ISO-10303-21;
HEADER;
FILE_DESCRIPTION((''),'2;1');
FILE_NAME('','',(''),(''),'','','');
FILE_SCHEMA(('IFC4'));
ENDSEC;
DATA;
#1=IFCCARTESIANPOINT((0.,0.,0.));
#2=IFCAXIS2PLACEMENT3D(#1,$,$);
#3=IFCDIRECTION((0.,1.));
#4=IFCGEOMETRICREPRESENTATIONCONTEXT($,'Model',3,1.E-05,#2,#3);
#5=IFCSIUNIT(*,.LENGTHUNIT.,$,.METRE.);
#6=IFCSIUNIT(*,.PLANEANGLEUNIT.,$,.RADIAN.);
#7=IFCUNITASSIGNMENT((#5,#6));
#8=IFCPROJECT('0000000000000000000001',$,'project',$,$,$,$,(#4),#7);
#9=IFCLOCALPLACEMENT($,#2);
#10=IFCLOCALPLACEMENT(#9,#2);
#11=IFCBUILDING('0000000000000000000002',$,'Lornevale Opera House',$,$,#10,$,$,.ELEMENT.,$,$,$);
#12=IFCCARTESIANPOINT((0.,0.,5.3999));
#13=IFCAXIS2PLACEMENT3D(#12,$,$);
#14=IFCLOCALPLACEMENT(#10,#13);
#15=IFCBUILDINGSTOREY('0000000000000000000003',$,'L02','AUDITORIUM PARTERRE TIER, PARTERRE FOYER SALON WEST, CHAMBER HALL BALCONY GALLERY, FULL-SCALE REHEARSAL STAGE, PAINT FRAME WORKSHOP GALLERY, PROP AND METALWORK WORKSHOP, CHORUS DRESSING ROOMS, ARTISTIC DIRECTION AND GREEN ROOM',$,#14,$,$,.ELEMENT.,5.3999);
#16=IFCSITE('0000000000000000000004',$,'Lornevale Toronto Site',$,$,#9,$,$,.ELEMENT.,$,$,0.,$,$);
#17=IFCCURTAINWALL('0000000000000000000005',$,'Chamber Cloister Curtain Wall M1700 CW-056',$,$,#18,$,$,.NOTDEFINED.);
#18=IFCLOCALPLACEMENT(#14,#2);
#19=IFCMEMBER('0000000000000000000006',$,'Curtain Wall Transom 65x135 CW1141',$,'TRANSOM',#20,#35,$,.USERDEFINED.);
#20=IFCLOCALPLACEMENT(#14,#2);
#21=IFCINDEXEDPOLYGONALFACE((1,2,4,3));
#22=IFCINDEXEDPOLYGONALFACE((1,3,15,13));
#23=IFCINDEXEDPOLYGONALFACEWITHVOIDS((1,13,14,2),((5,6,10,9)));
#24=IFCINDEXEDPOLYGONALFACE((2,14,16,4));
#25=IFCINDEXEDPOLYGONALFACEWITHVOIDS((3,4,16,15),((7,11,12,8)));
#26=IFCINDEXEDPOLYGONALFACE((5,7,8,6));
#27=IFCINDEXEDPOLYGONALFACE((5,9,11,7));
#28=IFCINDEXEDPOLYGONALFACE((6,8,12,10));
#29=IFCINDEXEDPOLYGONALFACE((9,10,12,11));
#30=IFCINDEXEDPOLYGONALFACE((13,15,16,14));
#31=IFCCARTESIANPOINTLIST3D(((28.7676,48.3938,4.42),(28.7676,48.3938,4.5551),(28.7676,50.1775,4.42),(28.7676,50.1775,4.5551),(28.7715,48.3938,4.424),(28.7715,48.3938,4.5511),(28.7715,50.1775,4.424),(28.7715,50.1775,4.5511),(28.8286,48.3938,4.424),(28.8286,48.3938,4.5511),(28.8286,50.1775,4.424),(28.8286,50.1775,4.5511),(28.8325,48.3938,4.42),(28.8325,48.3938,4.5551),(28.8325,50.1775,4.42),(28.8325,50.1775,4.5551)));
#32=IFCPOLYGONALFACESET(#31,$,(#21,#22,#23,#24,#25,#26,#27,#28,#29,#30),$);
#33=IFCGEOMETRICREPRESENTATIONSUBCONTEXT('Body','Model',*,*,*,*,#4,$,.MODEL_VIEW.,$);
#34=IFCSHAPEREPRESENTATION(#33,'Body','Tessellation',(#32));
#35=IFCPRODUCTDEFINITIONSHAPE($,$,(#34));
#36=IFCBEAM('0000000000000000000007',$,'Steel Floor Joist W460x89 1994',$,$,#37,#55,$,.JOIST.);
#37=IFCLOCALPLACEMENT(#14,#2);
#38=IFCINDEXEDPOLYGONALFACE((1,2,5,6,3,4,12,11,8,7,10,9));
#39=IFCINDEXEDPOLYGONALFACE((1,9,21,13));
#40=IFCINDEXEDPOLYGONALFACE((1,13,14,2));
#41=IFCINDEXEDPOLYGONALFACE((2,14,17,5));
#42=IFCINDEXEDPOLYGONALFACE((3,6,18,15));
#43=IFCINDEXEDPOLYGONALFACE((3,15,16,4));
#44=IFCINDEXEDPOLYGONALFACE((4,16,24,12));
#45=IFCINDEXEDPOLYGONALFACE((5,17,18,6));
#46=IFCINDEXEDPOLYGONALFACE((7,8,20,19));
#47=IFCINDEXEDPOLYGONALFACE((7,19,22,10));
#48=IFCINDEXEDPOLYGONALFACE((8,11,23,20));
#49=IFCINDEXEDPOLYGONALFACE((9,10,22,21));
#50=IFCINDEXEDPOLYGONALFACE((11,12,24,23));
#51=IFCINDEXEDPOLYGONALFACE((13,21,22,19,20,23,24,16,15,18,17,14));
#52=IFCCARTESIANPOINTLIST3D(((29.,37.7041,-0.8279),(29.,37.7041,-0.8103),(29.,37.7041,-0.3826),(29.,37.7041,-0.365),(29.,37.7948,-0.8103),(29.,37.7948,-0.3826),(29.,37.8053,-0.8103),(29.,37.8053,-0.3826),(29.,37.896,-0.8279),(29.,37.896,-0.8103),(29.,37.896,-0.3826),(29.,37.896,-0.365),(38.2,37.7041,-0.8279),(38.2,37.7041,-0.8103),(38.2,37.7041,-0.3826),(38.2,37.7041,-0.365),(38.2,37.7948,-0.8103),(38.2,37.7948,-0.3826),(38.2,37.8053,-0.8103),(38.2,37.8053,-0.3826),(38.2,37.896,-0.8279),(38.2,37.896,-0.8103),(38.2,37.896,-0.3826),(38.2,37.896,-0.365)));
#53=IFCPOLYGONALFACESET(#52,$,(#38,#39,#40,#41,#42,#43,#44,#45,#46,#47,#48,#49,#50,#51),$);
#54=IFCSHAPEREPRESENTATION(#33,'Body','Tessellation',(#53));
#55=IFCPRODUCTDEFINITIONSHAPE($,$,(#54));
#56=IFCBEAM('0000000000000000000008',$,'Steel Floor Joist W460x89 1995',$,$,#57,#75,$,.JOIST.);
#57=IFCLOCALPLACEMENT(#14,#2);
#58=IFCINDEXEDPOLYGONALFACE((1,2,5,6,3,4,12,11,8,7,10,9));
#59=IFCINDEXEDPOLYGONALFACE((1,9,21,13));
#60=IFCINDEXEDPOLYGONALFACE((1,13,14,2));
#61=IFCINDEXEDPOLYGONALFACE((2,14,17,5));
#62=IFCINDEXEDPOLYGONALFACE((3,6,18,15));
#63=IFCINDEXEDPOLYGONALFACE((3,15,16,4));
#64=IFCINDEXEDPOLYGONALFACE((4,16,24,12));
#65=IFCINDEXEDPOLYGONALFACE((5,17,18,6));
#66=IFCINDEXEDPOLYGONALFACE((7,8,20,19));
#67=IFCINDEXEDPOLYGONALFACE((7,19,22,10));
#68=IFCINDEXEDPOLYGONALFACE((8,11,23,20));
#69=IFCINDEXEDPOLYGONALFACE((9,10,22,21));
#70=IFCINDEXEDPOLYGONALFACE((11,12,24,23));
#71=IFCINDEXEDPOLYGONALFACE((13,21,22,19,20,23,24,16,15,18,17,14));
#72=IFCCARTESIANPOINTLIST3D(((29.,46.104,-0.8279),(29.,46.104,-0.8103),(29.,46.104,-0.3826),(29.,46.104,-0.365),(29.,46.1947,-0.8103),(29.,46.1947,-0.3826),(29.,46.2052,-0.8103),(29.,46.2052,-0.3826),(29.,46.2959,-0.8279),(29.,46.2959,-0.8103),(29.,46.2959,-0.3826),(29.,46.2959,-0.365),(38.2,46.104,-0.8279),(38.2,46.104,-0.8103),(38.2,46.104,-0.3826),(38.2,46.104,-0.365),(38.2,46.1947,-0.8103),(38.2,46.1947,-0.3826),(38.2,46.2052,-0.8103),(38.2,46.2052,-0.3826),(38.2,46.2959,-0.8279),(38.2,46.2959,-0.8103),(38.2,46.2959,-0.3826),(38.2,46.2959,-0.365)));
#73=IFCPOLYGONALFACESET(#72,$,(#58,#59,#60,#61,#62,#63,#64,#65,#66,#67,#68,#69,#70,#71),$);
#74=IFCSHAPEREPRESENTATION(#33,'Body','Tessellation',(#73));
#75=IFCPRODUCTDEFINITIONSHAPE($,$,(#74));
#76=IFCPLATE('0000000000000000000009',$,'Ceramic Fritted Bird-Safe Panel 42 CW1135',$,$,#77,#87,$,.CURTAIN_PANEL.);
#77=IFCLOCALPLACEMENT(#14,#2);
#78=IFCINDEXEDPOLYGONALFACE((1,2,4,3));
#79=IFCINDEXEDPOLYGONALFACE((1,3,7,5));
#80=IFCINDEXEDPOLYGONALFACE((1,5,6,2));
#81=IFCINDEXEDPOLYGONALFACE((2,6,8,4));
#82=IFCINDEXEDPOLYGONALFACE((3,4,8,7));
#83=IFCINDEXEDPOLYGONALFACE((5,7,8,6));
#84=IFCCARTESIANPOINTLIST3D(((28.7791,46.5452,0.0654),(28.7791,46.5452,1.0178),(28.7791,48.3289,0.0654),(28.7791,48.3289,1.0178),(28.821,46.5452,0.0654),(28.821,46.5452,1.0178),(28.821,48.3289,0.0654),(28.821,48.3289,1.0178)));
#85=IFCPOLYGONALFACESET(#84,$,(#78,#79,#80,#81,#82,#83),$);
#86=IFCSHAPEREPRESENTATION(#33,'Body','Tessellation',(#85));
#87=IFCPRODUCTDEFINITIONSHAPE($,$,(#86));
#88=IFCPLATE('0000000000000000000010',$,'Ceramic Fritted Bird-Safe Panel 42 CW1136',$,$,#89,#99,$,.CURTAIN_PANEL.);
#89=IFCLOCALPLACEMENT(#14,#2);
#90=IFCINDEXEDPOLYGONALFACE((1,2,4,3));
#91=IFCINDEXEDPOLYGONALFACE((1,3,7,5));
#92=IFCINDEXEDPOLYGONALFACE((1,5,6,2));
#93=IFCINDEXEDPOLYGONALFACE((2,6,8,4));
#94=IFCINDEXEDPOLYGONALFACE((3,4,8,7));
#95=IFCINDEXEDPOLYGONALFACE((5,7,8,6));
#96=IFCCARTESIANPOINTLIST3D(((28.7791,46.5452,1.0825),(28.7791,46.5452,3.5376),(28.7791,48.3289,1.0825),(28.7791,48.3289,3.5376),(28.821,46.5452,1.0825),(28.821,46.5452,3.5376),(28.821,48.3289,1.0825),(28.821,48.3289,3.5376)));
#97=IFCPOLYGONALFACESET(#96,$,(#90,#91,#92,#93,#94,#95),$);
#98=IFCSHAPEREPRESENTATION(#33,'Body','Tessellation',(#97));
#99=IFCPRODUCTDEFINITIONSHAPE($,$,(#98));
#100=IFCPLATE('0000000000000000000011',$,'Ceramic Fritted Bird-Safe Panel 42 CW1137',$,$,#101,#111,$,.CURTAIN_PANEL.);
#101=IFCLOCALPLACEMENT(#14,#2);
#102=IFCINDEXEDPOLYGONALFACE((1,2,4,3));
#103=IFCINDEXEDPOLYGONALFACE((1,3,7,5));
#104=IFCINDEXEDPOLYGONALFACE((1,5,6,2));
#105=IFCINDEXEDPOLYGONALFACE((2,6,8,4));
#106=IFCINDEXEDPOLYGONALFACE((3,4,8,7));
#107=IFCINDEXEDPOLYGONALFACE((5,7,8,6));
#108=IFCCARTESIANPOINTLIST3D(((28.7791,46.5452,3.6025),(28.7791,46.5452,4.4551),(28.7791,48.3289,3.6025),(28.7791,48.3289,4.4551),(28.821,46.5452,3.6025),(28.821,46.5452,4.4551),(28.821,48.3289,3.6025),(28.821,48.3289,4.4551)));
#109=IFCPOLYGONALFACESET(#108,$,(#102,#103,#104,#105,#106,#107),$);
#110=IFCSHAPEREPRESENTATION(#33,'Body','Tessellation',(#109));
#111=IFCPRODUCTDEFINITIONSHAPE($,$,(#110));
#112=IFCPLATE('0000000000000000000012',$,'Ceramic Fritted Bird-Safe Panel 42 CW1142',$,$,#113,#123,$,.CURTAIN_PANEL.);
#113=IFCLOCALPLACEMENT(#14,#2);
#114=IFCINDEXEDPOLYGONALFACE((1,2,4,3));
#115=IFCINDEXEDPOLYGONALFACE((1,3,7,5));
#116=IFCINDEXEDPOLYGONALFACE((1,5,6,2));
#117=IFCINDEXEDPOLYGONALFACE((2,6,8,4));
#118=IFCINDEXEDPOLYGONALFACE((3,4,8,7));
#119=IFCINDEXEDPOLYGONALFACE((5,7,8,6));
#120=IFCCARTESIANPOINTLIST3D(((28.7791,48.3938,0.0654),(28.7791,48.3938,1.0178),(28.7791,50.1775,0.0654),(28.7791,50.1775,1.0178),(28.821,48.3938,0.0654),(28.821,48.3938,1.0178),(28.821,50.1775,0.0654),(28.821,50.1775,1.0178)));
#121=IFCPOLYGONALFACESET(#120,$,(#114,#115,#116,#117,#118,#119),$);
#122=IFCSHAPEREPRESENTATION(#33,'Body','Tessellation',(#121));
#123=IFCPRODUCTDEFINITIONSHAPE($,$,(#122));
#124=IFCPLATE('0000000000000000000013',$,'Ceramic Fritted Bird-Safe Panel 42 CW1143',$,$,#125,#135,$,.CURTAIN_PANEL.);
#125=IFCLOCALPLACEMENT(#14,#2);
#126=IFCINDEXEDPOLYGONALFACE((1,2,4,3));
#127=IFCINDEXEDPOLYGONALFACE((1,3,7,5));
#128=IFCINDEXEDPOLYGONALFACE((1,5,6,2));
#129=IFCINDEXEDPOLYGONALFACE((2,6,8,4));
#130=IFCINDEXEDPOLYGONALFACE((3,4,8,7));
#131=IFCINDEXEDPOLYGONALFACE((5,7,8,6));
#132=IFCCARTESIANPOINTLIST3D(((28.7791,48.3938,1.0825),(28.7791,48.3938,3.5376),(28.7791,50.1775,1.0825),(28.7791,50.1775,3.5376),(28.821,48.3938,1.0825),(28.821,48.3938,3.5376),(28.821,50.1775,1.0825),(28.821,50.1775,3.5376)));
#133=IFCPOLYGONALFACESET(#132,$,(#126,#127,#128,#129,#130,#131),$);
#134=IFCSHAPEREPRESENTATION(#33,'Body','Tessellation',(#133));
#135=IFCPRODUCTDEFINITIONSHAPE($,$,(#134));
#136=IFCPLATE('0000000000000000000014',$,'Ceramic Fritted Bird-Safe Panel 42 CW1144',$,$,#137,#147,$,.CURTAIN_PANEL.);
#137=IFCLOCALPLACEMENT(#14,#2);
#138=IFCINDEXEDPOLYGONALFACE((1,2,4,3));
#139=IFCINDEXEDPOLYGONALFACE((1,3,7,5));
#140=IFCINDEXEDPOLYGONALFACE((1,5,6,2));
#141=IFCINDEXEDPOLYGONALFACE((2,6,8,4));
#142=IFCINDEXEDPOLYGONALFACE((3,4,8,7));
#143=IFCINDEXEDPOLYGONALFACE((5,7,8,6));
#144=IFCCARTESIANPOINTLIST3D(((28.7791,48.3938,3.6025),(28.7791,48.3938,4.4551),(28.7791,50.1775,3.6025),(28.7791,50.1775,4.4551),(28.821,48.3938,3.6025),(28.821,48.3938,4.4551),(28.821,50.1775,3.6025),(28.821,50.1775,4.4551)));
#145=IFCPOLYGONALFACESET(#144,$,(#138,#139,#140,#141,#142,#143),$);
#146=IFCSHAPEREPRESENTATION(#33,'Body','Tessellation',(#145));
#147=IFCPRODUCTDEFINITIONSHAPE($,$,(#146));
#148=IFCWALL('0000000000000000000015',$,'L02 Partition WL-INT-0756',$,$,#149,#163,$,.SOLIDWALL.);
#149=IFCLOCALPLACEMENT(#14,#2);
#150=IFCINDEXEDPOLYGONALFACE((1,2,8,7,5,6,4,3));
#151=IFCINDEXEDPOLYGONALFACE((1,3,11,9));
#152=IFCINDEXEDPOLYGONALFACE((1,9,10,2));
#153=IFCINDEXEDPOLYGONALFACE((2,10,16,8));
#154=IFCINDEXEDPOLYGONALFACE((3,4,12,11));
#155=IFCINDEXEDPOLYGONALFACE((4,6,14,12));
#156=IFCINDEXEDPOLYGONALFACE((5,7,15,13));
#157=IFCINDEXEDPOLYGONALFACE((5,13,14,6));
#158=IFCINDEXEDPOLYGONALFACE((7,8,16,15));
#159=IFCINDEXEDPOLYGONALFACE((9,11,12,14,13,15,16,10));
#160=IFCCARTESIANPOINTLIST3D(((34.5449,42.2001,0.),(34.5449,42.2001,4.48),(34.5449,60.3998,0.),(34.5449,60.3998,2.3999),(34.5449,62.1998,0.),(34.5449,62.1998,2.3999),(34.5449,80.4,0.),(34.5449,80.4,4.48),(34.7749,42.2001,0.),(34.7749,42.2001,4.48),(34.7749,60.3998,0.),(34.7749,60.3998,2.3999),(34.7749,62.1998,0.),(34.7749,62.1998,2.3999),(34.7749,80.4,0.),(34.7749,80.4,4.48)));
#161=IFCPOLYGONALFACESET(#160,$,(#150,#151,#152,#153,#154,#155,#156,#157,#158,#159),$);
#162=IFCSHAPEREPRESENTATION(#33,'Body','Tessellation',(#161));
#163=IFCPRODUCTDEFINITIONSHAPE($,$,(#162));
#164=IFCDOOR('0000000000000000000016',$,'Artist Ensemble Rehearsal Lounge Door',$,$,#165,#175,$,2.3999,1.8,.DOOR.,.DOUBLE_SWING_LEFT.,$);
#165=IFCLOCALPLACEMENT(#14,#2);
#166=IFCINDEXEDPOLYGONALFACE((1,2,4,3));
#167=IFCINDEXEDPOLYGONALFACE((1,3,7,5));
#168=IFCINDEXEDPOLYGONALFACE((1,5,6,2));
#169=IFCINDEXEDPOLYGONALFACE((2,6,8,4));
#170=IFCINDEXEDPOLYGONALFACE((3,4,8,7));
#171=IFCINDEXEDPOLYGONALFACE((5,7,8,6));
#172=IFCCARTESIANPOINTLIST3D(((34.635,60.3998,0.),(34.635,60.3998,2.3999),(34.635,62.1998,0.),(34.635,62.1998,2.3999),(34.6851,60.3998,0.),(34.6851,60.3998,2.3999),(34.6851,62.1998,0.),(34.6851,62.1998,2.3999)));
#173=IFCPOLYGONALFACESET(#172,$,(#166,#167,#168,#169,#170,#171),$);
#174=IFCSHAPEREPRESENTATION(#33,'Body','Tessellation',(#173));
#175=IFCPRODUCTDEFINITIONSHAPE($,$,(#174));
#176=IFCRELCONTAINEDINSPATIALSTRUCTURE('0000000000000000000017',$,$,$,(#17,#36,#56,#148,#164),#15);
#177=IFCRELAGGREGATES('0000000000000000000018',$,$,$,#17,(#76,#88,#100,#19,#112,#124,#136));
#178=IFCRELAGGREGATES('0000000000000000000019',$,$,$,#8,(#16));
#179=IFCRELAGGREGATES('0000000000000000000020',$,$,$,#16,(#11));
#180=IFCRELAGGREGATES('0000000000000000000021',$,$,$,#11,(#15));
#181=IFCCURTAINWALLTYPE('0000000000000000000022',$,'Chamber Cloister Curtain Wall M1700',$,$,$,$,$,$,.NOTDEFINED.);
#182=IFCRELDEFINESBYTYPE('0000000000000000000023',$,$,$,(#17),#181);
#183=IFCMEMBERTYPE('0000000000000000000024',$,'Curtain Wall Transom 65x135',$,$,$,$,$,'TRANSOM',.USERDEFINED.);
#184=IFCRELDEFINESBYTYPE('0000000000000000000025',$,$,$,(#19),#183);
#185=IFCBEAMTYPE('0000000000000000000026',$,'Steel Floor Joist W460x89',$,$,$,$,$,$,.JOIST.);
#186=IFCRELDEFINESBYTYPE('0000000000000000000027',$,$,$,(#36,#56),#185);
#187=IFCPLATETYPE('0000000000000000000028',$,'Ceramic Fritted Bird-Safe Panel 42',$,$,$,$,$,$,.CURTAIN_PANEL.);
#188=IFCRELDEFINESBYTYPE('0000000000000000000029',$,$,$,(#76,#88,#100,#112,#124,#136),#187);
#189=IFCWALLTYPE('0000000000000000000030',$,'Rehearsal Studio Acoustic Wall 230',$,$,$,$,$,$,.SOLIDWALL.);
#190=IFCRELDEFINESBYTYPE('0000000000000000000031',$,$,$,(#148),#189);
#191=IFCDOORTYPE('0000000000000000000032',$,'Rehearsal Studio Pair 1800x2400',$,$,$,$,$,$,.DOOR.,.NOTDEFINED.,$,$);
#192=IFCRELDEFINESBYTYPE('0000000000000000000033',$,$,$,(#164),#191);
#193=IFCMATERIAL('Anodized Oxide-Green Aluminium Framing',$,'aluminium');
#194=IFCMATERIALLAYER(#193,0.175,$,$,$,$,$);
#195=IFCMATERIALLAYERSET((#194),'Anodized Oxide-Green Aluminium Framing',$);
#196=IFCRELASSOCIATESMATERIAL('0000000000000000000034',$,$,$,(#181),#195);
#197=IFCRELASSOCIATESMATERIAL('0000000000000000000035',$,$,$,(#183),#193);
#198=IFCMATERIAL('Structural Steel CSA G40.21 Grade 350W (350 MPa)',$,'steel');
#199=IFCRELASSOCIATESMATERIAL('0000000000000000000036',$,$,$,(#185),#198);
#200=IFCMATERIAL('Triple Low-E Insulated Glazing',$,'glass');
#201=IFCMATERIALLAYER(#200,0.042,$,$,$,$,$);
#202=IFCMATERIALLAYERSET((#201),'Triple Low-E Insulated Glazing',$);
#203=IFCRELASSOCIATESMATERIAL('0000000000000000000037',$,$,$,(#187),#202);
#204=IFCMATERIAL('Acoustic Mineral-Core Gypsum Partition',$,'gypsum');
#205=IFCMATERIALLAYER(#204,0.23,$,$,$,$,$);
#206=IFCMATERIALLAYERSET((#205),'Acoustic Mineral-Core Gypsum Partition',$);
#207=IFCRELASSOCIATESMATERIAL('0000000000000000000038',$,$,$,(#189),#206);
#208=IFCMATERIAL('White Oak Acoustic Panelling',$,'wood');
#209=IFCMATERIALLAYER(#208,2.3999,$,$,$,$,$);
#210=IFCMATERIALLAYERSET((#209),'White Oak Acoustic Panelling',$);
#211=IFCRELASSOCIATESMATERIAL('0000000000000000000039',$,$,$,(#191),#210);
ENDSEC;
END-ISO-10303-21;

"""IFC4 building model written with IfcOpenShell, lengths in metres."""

from ifc_helpers import new_model, si_unit, direction, frame, frame_2d, origin, origin_2d, place, context, subcontext, project, spatial, rectangle, hollow_rectangle, i_section, extrude, material, layer, layer_set, material_profile, profile_set, type_object, element, fill, aggregate, save


model = new_model("IFC4")

# Units and contexts
model_context = context("Model", 3, precision=1e-05, world=origin(), true_north=direction((0.0, 1.0)))
body_context = subcontext(model_context, "Body", "Model", "MODEL_VIEW")
ifc_project = project(units=[si_unit("LENGTHUNIT", "METRE"), si_unit("PLANEANGLEUNIT", "RADIAN")], contexts=[model_context])

# Site, building, storey
site_placement = place(None, origin())
site = spatial("IfcSite", under=ifc_project, at=site_placement, Name="Lornevale Toronto Site", CompositionType="ELEMENT", RefElevation=0.0)
building_placement = place(site_placement, origin())
building = spatial("IfcBuilding", under=site, at=building_placement, Name="Lornevale Opera House", CompositionType="ELEMENT")
storey_placement = place(building_placement, frame((0.0, 0.0, 5.3999)))
storey = spatial("IfcBuildingStorey", under=building, at=storey_placement, Name="L02", Description="AUDITORIUM PARTERRE TIER, PARTERRE FOYER SALON WEST, CHAMBER HALL BALCONY GALLERY, FULL-SCALE REHEARSAL STAGE, PAINT FRAME WORKSHOP GALLERY, PROP AND METALWORK WORKSHOP, CHORUS DRESSING ROOMS, ARTISTIC DIRECTION AND GREEN ROOM", CompositionType="ELEMENT", Elevation=5.3999)

# Shared definitions
ifc_material_1 = material(Name="Structural Steel CSA G40.21 Grade 350W (350 MPa)", Category="steel")

# Curtain wall
ifc_material_2 = material(Name="Anodized Oxide-Green Aluminium Framing", Category="aluminium")
ifc_layer_1 = layer(ifc_material_2, 0.175)
ifc_layer_set_1 = layer_set([ifc_layer_1], Name="Anodized Oxide-Green Aluminium Framing")
curtain_wall_type = type_object("IfcCurtainWallType", Name="Chamber Cloister Curtain Wall M1700", PredefinedType="NOTDEFINED", material=ifc_layer_set_1)
curtain_wall_1_placement = place(storey_placement, origin())
curtain_wall_1 = element("IfcCurtainWall", 1, at=curtain_wall_1_placement, inside=storey, type_object=curtain_wall_type, Name="Chamber Cloister Curtain Wall M1700 CW-056", PredefinedType="NOTDEFINED")

# Member
ifc_material_profile_1 = material_profile(ifc_material_2, hollow_rectangle(XDim=0.0649, YDim=0.135, WallThickness=0.0039, at=origin_2d()), Name="ALU65x135x4")
ifc_profile_set_1 = profile_set([ifc_material_profile_1], Name="Anodized Oxide-Green Aluminium Framing")
member_type_1 = type_object("IfcMemberType", Name="Curtain Wall Transom 65x135", ElementType="TRANSOM", PredefinedType="USERDEFINED", material=ifc_profile_set_1)
member_1_placement = place(storey_placement, frame((28.8, 48.3938, 4.4875), z_axis=(0.0, 1.0, 0.0), x_axis=(-1.0, 0.0, 0.0)))
member_1 = element("IfcMember", 2, at=member_1_placement, type_object=member_type_1, Name="Curtain Wall Transom 65x135 CW1141", ObjectType="TRANSOM", PredefinedType="USERDEFINED", context=body_context, shape_type="SweptSolid", body=[
    extrude(hollow_rectangle(XDim=0.0649, YDim=0.135, WallThickness=0.0039, at=origin_2d()), origin(), (0.0, 0.0, 1.0), 1.7837),
])

# Beams
ifc_material_profile_2 = material_profile(ifc_material_1, i_section(OverallWidth=0.1919, OverallDepth=0.4629, WebThickness=0.0105, FlangeThickness=0.0176, at=origin_2d()), Name="W460x89")
ifc_profile_set_2 = profile_set([ifc_material_profile_2], Name="Structural Steel CSA G40.21 Grade 350W (350 MPa)")
beam_type_1 = type_object("IfcBeamType", Name="Steel Floor Joist W460x89", PredefinedType="JOIST", material=ifc_profile_set_2)
for number, where, z_axis, x_axis, name in (
    (3, (29.0, 37.8, -0.5964), (1.0, 0.0, 0.0), (0.0, 1.0, 0.0), "Steel Floor Joist W460x89 1994"),
    (4, (29.0, 46.2, -0.5964), (1.0, 0.0, 0.0), (0.0, 1.0, 0.0), "Steel Floor Joist W460x89 1995"),
):
    element("IfcBeam", number, at=place(storey_placement, frame(where, z_axis=z_axis, x_axis=x_axis)), inside=storey, type_object=beam_type_1, Name=name, PredefinedType="JOIST", context=body_context, shape_type="SweptSolid", body=[
        extrude(i_section(OverallWidth=0.1919, OverallDepth=0.4629, WebThickness=0.0105, FlangeThickness=0.0176, at=origin_2d()), origin(), (0.0, 0.0, 1.0), 9.2),
    ])

# Plates
ifc_material_3 = material(Name="Triple Low-E Insulated Glazing", Category="glass")
ifc_layer_2 = layer(ifc_material_3, 0.042)
ifc_layer_set_2 = layer_set([ifc_layer_2], Name="Triple Low-E Insulated Glazing")
plate_type = type_object("IfcPlateType", Name="Ceramic Fritted Bird-Safe Panel 42", PredefinedType="CURTAIN_PANEL", material=ifc_layer_set_2)
plate_1_placement = place(storey_placement, frame((28.8, 47.437, 0.0654), z_axis=(0.0, 0.0, 1.0), x_axis=(0.0, 1.0, 0.0)))
plate_1 = element("IfcPlate", 5, at=plate_1_placement, type_object=plate_type, Name="Ceramic Fritted Bird-Safe Panel 42 CW1135", PredefinedType="CURTAIN_PANEL", context=body_context, shape_type="SweptSolid", body=[
    extrude(rectangle(XDim=1.7837, YDim=0.042, at=origin_2d()), origin(), (0.0, 0.0, 1.0), 0.9524),
])
plate_2_placement = place(storey_placement, frame((28.8, 47.437, 1.0825), z_axis=(0.0, 0.0, 1.0), x_axis=(0.0, 1.0, 0.0)))
plate_2 = element("IfcPlate", 6, at=plate_2_placement, type_object=plate_type, Name="Ceramic Fritted Bird-Safe Panel 42 CW1136", PredefinedType="CURTAIN_PANEL", context=body_context, shape_type="SweptSolid", body=[
    extrude(rectangle(XDim=1.7837, YDim=0.042, at=origin_2d()), origin(), (0.0, 0.0, 1.0), 2.4551),
])
plate_3_placement = place(storey_placement, frame((28.8, 47.437, 3.6025), z_axis=(0.0, 0.0, 1.0), x_axis=(0.0, 1.0, 0.0)))
plate_3 = element("IfcPlate", 7, at=plate_3_placement, type_object=plate_type, Name="Ceramic Fritted Bird-Safe Panel 42 CW1137", PredefinedType="CURTAIN_PANEL", context=body_context, shape_type="SweptSolid", body=[
    extrude(rectangle(XDim=1.7837, YDim=0.042, at=origin_2d()), origin(), (0.0, 0.0, 1.0), 0.8525),
])
plate_4_placement = place(storey_placement, frame((28.8, 49.2856, 0.0654), z_axis=(0.0, 0.0, 1.0), x_axis=(0.0, 1.0, 0.0)))
plate_4 = element("IfcPlate", 8, at=plate_4_placement, type_object=plate_type, Name="Ceramic Fritted Bird-Safe Panel 42 CW1142", PredefinedType="CURTAIN_PANEL", context=body_context, shape_type="SweptSolid", body=[
    extrude(rectangle(XDim=1.7837, YDim=0.042, at=origin_2d()), origin(), (0.0, 0.0, 1.0), 0.9524),
])
plate_5_placement = place(storey_placement, frame((28.8, 49.2856, 1.0825), z_axis=(0.0, 0.0, 1.0), x_axis=(0.0, 1.0, 0.0)))
plate_5 = element("IfcPlate", 9, at=plate_5_placement, type_object=plate_type, Name="Ceramic Fritted Bird-Safe Panel 42 CW1143", PredefinedType="CURTAIN_PANEL", context=body_context, shape_type="SweptSolid", body=[
    extrude(rectangle(XDim=1.7837, YDim=0.042, at=origin_2d()), origin(), (0.0, 0.0, 1.0), 2.4551),
])
plate_6_placement = place(storey_placement, frame((28.8, 49.2856, 3.6025), z_axis=(0.0, 0.0, 1.0), x_axis=(0.0, 1.0, 0.0)))
plate_6 = element("IfcPlate", 10, at=plate_6_placement, type_object=plate_type, Name="Ceramic Fritted Bird-Safe Panel 42 CW1144", PredefinedType="CURTAIN_PANEL", context=body_context, shape_type="SweptSolid", body=[
    extrude(rectangle(XDim=1.7837, YDim=0.042, at=origin_2d()), origin(), (0.0, 0.0, 1.0), 0.8525),
])
aggregate(curtain_wall_1, [plate_1, plate_2, plate_3, member_1, plate_4, plate_5, plate_6])

# Wall, opening, door
ifc_material_4 = material(Name="Acoustic Mineral-Core Gypsum Partition", Category="gypsum")
ifc_layer_3 = layer(ifc_material_4, 0.23)
ifc_layer_set_3 = layer_set([ifc_layer_3], Name="Acoustic Mineral-Core Gypsum Partition")
wall_type = type_object("IfcWallType", Name="Rehearsal Studio Acoustic Wall 230", PredefinedType="SOLIDWALL", material=ifc_layer_set_3)
wall_placement = place(storey_placement, frame((34.6599, 42.2, 0.0), z_axis=(0.0, 0.0, 1.0), x_axis=(0.0, 1.0, 0.0)))
wall = element("IfcWall", 11, at=wall_placement, inside=storey, type_object=wall_type, Name="L02 Partition WL-INT-0756", PredefinedType="SOLIDWALL", context=body_context, shape_type="SweptSolid", body=[
    extrude(rectangle(XDim=38.2, YDim=0.23, at=frame_2d((19.1001, 0.0))), origin(), (0.0, 0.0, 1.0), 4.48),
])
opening_placement = place(wall_placement, frame((18.2, 0.0, 0.0)))
opening = element("IfcOpeningElement", 12, at=opening_placement, cuts=wall, PredefinedType="OPENING", context=body_context, shape_type="SweptSolid", body=[
    extrude(rectangle(XDim=1.8, YDim=2.3999, at=frame_2d((0.8999, 1.2))), frame((0.0, 0.125, 0.0), z_axis=(0.0, -1.0, 0.0), x_axis=(1.0, 0.0, 0.0)), (0.0, 0.0, 1.0), 0.25),
])
ifc_material_5 = material(Name="White Oak Acoustic Panelling", Category="wood")
ifc_layer_4 = layer(ifc_material_5, 2.3999)
ifc_layer_set_4 = layer_set([ifc_layer_4], Name="White Oak Acoustic Panelling")
door_type = type_object("IfcDoorType", Name="Rehearsal Studio Pair 1800x2400", OperationType="NOTDEFINED", PredefinedType="DOOR", material=ifc_layer_set_4)
door_placement = place(opening_placement, origin())
door = element("IfcDoor", 13, at=door_placement, inside=storey, type_object=door_type, Name="Artist Ensemble Rehearsal Lounge Door", OperationType="DOUBLE_SWING_LEFT", OverallHeight=2.3999, OverallWidth=1.8, PredefinedType="DOOR", context=body_context, shape_type="SweptSolid", body=[
    extrude(rectangle(XDim=1.8, YDim=2.3999, at=frame_2d((0.8999, 1.2))), frame((0.0, 0.0249, 0.0), z_axis=(0.0, -1.0, 0.0), x_axis=(1.0, 0.0, 0.0)), (0.0, 0.0, 1.0), 0.05),
])
fill(opening, door)

save(model, "model.ifc")
